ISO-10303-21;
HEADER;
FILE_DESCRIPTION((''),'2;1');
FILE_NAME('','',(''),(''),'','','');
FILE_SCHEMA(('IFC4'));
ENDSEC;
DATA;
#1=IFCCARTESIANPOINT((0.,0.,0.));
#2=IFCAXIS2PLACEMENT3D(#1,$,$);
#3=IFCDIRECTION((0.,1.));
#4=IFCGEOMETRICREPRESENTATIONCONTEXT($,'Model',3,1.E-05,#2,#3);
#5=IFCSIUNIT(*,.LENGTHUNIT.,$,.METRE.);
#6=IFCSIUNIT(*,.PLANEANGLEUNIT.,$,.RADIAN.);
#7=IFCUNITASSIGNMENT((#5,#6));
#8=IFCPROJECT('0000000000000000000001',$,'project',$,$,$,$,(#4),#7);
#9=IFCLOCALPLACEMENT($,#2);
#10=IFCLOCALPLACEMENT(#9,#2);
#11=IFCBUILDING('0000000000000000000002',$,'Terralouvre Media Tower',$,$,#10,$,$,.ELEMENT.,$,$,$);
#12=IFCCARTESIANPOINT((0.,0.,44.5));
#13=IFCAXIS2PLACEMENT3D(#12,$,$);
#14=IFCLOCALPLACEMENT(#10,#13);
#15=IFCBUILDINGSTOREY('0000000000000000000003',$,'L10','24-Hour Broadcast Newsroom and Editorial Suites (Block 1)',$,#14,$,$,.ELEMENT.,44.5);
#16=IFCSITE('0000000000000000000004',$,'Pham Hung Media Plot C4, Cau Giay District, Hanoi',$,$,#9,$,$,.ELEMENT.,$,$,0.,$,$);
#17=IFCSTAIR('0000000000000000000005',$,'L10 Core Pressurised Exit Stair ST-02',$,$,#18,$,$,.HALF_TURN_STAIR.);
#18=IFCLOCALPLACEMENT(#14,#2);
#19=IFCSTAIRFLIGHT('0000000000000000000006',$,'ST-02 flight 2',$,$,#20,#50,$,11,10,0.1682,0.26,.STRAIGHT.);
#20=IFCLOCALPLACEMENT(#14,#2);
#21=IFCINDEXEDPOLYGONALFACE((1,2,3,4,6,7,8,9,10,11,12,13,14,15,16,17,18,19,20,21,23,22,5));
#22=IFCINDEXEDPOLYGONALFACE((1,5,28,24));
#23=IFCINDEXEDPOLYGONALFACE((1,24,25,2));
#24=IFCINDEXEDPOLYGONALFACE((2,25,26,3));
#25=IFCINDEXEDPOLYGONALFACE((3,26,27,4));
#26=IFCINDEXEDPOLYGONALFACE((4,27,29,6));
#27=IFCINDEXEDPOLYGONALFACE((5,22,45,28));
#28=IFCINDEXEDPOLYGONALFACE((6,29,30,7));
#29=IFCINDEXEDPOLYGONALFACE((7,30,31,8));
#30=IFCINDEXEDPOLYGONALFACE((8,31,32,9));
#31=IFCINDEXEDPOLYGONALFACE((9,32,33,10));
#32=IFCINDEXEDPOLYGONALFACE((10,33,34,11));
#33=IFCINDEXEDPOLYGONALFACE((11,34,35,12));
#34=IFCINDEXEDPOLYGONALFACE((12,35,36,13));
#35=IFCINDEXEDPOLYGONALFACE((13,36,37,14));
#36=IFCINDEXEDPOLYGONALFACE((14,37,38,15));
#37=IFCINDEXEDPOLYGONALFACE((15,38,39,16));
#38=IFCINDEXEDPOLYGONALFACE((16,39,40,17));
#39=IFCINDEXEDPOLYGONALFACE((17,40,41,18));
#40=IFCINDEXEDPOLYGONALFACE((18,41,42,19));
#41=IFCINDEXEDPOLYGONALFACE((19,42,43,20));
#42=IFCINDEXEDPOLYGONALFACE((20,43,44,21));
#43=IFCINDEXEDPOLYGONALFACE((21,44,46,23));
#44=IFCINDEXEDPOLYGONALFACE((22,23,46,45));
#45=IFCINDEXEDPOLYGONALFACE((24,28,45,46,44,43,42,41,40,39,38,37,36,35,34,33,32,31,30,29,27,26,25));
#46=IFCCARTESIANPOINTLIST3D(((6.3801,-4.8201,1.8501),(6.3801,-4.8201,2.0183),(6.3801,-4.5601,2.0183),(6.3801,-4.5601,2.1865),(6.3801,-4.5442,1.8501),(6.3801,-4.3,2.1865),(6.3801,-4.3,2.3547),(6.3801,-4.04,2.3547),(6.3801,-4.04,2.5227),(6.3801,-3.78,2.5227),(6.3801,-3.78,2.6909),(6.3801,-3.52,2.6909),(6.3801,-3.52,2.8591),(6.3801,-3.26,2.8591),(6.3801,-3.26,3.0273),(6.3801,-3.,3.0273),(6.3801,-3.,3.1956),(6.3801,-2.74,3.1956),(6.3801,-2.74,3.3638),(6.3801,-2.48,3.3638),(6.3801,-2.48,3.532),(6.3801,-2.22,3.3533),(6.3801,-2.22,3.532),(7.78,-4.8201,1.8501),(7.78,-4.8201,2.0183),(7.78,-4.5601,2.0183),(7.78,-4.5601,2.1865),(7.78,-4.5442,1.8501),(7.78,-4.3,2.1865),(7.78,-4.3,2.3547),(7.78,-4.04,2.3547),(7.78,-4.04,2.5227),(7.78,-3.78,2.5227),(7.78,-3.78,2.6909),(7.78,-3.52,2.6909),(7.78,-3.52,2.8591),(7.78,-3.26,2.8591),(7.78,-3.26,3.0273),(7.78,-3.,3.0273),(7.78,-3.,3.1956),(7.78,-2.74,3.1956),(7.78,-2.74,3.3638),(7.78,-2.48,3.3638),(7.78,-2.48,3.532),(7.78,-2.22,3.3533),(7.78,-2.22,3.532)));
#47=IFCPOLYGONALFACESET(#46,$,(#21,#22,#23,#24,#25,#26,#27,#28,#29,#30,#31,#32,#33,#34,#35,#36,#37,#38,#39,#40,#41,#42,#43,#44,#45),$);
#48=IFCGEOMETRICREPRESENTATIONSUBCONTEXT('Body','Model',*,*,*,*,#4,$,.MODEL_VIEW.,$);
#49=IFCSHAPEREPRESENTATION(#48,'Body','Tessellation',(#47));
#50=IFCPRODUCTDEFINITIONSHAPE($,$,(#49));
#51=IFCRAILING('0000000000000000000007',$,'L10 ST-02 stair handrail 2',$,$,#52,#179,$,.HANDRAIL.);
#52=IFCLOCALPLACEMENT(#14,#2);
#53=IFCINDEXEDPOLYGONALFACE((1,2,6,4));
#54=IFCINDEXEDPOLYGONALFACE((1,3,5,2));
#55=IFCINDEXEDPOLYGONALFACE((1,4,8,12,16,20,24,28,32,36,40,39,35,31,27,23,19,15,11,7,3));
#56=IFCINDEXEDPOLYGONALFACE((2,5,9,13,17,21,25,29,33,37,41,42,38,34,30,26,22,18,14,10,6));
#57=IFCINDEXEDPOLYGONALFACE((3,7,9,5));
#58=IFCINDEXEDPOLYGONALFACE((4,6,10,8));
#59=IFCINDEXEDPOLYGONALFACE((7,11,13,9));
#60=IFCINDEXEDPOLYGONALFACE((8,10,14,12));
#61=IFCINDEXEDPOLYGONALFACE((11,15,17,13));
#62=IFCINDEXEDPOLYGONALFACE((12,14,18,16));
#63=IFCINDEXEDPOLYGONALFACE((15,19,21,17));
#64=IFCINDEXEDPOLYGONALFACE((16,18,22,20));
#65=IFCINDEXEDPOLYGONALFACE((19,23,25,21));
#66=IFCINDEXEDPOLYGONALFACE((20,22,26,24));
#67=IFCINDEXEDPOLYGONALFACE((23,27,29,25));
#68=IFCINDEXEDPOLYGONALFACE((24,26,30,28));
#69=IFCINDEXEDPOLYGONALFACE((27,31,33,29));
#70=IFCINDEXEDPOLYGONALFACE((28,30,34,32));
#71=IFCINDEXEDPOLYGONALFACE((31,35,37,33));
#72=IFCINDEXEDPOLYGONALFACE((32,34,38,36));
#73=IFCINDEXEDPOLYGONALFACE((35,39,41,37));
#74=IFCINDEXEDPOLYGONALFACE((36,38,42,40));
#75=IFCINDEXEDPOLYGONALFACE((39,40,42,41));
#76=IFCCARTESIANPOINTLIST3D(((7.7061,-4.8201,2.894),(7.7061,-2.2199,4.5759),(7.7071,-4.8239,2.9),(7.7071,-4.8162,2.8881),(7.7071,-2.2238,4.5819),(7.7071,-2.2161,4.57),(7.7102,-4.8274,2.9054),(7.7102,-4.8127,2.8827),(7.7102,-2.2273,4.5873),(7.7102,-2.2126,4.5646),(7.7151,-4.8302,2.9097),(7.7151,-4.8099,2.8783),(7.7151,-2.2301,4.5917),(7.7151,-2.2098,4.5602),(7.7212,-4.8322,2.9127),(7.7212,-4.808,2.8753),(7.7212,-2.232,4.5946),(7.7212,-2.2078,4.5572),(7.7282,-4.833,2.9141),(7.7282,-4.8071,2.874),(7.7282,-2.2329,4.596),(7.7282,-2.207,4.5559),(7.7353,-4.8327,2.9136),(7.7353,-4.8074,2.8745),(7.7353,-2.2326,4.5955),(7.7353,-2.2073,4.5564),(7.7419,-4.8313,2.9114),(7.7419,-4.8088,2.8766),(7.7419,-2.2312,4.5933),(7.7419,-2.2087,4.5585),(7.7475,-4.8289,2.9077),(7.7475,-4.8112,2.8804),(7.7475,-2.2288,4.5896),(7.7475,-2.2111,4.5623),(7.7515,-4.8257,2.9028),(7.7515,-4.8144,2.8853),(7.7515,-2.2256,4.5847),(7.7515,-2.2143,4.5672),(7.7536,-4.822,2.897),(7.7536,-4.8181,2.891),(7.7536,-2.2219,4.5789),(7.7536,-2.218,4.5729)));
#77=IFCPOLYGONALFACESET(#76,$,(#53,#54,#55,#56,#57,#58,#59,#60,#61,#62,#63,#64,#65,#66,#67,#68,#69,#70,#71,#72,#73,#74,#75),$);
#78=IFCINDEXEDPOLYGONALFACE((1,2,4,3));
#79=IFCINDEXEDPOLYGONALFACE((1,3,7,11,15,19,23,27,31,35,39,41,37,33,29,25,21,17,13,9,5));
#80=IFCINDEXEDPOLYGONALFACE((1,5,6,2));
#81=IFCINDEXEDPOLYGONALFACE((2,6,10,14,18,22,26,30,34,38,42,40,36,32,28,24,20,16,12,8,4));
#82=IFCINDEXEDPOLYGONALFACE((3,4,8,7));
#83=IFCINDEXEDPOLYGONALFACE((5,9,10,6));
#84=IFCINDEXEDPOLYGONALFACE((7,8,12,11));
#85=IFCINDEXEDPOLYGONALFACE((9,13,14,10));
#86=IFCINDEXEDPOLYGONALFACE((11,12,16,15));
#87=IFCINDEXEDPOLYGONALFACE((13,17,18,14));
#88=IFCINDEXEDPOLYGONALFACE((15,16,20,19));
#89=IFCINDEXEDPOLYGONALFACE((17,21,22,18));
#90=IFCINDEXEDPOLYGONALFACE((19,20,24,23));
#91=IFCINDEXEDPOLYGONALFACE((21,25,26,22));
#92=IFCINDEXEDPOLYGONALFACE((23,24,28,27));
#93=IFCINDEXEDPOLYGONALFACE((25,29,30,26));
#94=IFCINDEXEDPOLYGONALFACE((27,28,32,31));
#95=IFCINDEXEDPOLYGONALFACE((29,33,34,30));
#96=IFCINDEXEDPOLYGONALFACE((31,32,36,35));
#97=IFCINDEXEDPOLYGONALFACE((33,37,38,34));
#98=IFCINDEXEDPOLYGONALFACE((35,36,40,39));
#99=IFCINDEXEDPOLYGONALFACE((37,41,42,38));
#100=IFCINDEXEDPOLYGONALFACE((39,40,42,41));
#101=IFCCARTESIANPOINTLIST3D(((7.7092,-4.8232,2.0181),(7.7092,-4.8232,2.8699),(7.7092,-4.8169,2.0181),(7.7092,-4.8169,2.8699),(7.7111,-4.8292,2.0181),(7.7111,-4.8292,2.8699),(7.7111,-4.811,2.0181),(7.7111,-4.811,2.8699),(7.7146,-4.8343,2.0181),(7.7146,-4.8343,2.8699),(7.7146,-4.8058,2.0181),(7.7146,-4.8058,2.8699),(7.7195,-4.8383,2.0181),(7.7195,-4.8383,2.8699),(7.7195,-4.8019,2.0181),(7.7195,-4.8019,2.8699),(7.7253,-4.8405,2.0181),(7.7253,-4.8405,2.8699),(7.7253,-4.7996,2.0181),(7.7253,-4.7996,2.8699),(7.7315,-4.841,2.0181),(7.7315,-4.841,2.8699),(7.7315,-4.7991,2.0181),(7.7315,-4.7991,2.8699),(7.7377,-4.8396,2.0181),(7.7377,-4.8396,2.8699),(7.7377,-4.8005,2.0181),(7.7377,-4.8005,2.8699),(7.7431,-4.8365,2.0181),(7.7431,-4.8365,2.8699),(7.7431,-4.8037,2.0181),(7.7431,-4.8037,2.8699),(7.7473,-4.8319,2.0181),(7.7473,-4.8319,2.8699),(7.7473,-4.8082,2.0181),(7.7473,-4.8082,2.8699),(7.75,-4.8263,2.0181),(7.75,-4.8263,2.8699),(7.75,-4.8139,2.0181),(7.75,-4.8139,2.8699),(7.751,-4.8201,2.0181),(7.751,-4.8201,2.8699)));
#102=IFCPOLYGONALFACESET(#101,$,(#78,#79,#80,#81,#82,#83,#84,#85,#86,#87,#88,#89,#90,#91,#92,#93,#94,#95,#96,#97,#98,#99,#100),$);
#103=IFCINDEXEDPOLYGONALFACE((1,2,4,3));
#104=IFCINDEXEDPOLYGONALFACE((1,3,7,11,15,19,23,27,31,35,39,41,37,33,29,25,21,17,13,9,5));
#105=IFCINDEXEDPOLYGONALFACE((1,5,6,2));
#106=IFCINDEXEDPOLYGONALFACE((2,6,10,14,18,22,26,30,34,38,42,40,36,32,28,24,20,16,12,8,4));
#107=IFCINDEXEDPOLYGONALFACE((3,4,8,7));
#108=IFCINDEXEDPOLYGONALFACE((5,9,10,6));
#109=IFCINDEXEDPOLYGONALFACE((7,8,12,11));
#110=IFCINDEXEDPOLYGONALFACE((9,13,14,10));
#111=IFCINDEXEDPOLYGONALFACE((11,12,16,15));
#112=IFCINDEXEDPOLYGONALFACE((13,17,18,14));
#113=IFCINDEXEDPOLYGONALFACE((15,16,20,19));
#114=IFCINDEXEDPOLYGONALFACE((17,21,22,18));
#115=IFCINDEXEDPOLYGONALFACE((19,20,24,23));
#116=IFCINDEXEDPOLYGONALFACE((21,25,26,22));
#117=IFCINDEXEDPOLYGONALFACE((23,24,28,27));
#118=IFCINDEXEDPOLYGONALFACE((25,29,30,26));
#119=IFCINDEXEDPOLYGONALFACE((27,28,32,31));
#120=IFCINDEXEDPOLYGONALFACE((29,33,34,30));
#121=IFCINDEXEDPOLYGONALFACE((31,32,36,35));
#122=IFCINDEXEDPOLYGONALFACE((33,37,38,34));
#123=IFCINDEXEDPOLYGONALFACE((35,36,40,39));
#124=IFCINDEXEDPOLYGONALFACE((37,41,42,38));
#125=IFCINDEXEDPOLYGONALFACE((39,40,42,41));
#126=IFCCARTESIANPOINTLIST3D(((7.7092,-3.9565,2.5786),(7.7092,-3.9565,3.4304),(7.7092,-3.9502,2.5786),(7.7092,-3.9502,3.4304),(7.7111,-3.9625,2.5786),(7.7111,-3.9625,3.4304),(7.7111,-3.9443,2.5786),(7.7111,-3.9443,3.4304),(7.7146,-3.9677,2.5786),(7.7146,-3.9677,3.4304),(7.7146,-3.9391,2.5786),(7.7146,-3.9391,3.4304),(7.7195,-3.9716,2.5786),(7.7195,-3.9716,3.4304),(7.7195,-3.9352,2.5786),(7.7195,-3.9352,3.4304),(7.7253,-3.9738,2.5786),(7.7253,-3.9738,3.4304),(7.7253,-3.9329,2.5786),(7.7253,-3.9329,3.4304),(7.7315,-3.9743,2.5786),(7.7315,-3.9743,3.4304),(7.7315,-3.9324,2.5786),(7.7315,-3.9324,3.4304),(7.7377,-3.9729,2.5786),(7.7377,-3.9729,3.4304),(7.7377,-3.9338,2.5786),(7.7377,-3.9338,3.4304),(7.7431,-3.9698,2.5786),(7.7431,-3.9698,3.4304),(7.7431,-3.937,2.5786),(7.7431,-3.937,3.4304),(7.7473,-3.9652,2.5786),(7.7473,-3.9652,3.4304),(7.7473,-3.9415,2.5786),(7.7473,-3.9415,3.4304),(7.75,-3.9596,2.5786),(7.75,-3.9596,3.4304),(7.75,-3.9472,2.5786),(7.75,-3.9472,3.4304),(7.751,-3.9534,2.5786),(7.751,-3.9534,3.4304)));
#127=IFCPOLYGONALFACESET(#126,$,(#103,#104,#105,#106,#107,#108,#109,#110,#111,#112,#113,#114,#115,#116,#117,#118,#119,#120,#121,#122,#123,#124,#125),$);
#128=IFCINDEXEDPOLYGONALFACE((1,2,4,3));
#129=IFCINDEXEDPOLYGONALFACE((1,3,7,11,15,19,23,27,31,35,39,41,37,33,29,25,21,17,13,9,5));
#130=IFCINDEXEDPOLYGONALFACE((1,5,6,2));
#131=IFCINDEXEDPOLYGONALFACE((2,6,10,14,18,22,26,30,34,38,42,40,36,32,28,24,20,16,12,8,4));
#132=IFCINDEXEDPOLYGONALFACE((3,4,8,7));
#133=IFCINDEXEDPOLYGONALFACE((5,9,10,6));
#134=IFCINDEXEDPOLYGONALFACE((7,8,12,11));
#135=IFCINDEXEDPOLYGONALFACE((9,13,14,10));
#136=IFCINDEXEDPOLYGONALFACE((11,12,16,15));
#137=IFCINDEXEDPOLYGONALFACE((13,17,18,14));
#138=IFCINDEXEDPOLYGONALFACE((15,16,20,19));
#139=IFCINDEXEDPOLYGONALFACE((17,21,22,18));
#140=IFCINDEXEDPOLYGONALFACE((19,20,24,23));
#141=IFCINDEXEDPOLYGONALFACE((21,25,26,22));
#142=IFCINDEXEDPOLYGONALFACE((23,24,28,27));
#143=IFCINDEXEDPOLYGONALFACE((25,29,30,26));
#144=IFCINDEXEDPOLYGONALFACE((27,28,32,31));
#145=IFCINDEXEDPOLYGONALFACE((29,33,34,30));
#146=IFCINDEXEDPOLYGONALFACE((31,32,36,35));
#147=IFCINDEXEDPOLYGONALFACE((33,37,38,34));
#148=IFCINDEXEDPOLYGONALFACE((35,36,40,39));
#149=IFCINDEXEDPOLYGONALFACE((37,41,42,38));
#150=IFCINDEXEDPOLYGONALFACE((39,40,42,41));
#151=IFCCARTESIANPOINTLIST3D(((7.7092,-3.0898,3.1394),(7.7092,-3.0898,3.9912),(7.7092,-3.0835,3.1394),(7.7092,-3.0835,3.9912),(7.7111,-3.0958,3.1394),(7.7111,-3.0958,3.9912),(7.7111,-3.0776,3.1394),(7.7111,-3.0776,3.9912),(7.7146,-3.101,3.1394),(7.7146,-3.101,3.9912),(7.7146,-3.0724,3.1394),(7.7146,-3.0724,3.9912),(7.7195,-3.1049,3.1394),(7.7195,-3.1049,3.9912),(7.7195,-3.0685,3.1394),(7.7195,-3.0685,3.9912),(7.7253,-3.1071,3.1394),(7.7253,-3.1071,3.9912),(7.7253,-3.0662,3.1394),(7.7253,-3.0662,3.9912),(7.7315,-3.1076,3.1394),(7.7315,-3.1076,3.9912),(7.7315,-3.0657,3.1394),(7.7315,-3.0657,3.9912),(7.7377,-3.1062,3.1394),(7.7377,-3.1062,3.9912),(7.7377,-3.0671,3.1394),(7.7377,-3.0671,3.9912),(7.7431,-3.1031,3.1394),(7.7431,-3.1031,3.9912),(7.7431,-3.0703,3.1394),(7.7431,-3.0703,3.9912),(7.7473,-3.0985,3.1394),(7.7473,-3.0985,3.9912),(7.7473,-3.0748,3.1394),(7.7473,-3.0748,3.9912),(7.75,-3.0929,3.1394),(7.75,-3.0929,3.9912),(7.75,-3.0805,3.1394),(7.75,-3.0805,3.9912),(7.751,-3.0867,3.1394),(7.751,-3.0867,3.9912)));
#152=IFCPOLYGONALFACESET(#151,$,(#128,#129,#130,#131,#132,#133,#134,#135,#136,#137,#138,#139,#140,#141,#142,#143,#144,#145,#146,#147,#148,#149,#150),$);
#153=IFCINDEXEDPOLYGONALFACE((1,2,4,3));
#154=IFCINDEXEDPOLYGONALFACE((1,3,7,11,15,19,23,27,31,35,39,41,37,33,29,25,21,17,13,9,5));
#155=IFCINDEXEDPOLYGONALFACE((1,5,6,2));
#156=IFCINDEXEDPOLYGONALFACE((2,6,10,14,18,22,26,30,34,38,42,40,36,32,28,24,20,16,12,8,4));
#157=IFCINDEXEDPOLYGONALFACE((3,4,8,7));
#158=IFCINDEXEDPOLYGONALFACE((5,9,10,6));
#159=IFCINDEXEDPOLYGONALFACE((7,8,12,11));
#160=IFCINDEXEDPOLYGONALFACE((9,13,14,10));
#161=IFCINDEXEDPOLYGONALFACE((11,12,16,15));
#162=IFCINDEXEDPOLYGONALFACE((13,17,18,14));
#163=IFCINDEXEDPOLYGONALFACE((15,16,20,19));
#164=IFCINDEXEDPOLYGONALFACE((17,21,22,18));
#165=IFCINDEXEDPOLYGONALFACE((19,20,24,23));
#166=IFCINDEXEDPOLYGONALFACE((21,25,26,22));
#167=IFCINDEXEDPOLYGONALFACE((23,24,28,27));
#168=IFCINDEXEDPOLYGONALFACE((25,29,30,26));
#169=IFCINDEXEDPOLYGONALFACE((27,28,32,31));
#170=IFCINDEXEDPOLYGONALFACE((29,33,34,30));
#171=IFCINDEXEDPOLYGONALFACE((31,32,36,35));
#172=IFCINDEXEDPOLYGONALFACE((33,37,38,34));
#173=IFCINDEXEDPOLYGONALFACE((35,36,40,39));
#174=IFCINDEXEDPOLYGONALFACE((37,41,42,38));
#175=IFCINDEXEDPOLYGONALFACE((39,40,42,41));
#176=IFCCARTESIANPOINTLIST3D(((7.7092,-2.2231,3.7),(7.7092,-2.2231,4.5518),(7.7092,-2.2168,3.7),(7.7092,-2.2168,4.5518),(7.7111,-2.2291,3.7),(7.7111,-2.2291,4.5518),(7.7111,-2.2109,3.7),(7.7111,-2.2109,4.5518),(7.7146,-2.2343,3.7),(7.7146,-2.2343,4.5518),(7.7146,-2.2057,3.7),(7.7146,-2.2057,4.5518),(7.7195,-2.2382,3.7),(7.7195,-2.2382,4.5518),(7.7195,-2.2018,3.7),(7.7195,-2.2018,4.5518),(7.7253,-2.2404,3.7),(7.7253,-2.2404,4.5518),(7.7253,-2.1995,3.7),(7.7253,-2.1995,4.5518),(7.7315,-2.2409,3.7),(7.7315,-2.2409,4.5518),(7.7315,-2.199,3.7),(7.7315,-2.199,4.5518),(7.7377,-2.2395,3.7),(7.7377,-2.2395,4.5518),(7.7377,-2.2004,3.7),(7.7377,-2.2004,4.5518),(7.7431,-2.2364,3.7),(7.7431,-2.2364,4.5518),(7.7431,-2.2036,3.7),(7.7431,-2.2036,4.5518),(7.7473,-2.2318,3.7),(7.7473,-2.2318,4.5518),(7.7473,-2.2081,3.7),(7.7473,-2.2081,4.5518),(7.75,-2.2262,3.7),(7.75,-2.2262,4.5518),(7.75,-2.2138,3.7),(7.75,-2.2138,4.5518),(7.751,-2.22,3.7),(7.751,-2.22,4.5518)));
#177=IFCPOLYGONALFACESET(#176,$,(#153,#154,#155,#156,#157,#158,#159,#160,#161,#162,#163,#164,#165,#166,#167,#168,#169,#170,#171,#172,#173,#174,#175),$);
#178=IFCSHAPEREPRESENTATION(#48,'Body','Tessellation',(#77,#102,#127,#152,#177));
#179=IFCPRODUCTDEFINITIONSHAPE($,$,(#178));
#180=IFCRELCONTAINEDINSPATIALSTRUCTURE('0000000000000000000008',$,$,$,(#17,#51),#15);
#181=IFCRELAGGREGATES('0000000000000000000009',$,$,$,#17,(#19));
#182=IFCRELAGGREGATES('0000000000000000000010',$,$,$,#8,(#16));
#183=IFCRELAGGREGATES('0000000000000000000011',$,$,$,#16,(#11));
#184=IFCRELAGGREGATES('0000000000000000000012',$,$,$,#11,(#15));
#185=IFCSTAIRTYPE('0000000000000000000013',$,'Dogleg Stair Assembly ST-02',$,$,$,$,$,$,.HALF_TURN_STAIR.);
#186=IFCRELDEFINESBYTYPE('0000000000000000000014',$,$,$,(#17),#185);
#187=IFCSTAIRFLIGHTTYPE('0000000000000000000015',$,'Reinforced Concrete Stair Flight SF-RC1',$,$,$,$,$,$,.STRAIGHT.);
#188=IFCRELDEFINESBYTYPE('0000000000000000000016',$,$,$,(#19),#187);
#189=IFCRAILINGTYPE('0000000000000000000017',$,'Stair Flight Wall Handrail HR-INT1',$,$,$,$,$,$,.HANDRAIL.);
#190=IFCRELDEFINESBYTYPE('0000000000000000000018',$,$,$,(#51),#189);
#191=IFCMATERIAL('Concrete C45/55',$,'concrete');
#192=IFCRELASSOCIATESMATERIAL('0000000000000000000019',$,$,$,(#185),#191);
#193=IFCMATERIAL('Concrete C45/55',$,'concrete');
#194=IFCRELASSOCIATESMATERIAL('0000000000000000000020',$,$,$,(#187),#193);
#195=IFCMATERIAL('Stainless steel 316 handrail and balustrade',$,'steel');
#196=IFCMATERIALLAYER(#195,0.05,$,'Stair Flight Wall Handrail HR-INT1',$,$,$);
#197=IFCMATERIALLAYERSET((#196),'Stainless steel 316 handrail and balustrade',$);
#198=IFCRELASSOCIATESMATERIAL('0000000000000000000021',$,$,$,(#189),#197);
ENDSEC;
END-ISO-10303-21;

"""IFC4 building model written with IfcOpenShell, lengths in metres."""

from ifc_helpers import new_model, si_unit, direction, frame, origin, origin_2d, place, context, subcontext, project, spatial, polyline, circle, outline, extrude, material, layer, layer_set, type_object, element, aggregate, save


model = new_model("IFC4")

# Units and contexts
model_context = context("Model", 3, precision=1e-05, world=origin(), true_north=direction((0.0, 1.0)))
body_context = subcontext(model_context, "Body", "Model", "MODEL_VIEW")
ifc_project = project(units=[si_unit("LENGTHUNIT", "METRE"), si_unit("PLANEANGLEUNIT", "RADIAN")], contexts=[model_context])

# Site, building, storey
site_placement = place(None, origin())
site = spatial("IfcSite", under=ifc_project, at=site_placement, Name="Pham Hung Media Plot C4, Cau Giay District, Hanoi", CompositionType="ELEMENT", RefElevation=0.0)
building_placement = place(site_placement, origin())
building = spatial("IfcBuilding", under=site, at=building_placement, Name="Terralouvre Media Tower", CompositionType="ELEMENT")
storey_placement = place(building_placement, frame((0.0, 0.0, 44.5)))
storey = spatial("IfcBuildingStorey", under=building, at=storey_placement, Name="L10", Description="24-Hour Broadcast Newsroom and Editorial Suites (Block 1)", CompositionType="ELEMENT", Elevation=44.5)

# Stair, stair flight
ifc_material_1 = material(Name="Concrete C45/55", Category="concrete")
stair_type = type_object("IfcStairType", Name="Dogleg Stair Assembly ST-02", PredefinedType="HALF_TURN_STAIR", material=ifc_material_1)
stair_placement = place(storey_placement, origin())
stair = element("IfcStair", 1, at=stair_placement, inside=storey, type_object=stair_type, Name="L10 Core Pressurised Exit Stair ST-02", PredefinedType="HALF_TURN_STAIR")
ifc_material_2 = material(Name="Concrete C45/55", Category="concrete")
stair_flight_type = type_object("IfcStairFlightType", Name="Reinforced Concrete Stair Flight SF-RC1", PredefinedType="STRAIGHT", material=ifc_material_2)
stair_flight_placement = place(storey_placement, frame((7.0801, -4.8201, 1.8501), z_axis=(0.0, 0.0, 1.0), x_axis=(0.0, 1.0, 0.0)))
stair_flight = element("IfcStairFlight", 2, at=stair_flight_placement, type_object=stair_flight_type, Name="ST-02 flight 2", NumberOfRisers=11, NumberOfTreads=10, PredefinedType="STRAIGHT", RiserHeight=0.1682, TreadLength=0.26, context=body_context, shape_type="SweptSolid", body=[
    extrude(outline(polyline([(0.0, 0.0), (0.0, 0.1682), (0.26, 0.1682), (0.26, 0.3364), (0.52, 0.3364), (0.52, 0.5046), (0.78, 0.5046), (0.78, 0.6726), (1.04, 0.6726), (1.04, 0.8408), (1.3, 0.8408), (1.3, 1.009), (1.5601, 1.009), (1.5601, 1.1772), (1.8201, 1.1772), (1.8201, 1.3455), (2.0801, 1.3455), (2.0801, 1.5137), (2.3401, 1.5137), (2.3401, 1.6819), (2.6001, 1.6819), (2.6001, 1.8501), (2.6001, 1.5032), (0.2759, 0.0), (0.0, 0.0)])), frame((0.0, 0.7, 0.0), z_axis=(0.0, -1.0, 0.0), x_axis=(1.0, 0.0, 0.0)), (0.0, 0.0, 1.0), 1.3999),
])
aggregate(stair, [stair_flight])

# Railing
ifc_material_3 = material(Name="Stainless steel 316 handrail and balustrade", Category="steel")
ifc_layer_1 = layer(ifc_material_3, 0.05, Name="Stair Flight Wall Handrail HR-INT1")
ifc_layer_set_1 = layer_set([ifc_layer_1], Name="Stainless steel 316 handrail and balustrade")
railing_type_1 = type_object("IfcRailingType", Name="Stair Flight Wall Handrail HR-INT1", PredefinedType="HANDRAIL", material=ifc_layer_set_1)
railing_1_placement = place(storey_placement, frame((7.73, -4.8201, 2.0181)))
element("IfcRailing", 3, at=railing_1_placement, inside=storey, type_object=railing_type_1, Name="L10 ST-02 stair handrail 2", PredefinedType="HANDRAIL", context=body_context, shape_type="SweptSolid", body=[
    extrude(circle(Radius=0.0239, at=origin_2d()), frame((0.0, 0.0, 0.876), z_axis=(0.0, 0.839648, 0.54313), x_axis=(-1.0, 0.0, 0.0)), (0.0, 0.0, 1.0), 3.0967),
    extrude(circle(Radius=0.021, at=origin_2d()), origin(), (0.0, 0.0, 1.0), 0.8518),
    extrude(circle(Radius=0.021, at=origin_2d()), frame((0.0, 0.8667, 0.5605)), (0.0, 0.0, 1.0), 0.8518),
    extrude(circle(Radius=0.021, at=origin_2d()), frame((0.0, 1.7334, 1.1213)), (0.0, 0.0, 1.0), 0.8518),
    extrude(circle(Radius=0.021, at=origin_2d()), frame((0.0, 2.6001, 1.6819)), (0.0, 0.0, 1.0), 0.8518),
])

save(model, "model.ifc")
